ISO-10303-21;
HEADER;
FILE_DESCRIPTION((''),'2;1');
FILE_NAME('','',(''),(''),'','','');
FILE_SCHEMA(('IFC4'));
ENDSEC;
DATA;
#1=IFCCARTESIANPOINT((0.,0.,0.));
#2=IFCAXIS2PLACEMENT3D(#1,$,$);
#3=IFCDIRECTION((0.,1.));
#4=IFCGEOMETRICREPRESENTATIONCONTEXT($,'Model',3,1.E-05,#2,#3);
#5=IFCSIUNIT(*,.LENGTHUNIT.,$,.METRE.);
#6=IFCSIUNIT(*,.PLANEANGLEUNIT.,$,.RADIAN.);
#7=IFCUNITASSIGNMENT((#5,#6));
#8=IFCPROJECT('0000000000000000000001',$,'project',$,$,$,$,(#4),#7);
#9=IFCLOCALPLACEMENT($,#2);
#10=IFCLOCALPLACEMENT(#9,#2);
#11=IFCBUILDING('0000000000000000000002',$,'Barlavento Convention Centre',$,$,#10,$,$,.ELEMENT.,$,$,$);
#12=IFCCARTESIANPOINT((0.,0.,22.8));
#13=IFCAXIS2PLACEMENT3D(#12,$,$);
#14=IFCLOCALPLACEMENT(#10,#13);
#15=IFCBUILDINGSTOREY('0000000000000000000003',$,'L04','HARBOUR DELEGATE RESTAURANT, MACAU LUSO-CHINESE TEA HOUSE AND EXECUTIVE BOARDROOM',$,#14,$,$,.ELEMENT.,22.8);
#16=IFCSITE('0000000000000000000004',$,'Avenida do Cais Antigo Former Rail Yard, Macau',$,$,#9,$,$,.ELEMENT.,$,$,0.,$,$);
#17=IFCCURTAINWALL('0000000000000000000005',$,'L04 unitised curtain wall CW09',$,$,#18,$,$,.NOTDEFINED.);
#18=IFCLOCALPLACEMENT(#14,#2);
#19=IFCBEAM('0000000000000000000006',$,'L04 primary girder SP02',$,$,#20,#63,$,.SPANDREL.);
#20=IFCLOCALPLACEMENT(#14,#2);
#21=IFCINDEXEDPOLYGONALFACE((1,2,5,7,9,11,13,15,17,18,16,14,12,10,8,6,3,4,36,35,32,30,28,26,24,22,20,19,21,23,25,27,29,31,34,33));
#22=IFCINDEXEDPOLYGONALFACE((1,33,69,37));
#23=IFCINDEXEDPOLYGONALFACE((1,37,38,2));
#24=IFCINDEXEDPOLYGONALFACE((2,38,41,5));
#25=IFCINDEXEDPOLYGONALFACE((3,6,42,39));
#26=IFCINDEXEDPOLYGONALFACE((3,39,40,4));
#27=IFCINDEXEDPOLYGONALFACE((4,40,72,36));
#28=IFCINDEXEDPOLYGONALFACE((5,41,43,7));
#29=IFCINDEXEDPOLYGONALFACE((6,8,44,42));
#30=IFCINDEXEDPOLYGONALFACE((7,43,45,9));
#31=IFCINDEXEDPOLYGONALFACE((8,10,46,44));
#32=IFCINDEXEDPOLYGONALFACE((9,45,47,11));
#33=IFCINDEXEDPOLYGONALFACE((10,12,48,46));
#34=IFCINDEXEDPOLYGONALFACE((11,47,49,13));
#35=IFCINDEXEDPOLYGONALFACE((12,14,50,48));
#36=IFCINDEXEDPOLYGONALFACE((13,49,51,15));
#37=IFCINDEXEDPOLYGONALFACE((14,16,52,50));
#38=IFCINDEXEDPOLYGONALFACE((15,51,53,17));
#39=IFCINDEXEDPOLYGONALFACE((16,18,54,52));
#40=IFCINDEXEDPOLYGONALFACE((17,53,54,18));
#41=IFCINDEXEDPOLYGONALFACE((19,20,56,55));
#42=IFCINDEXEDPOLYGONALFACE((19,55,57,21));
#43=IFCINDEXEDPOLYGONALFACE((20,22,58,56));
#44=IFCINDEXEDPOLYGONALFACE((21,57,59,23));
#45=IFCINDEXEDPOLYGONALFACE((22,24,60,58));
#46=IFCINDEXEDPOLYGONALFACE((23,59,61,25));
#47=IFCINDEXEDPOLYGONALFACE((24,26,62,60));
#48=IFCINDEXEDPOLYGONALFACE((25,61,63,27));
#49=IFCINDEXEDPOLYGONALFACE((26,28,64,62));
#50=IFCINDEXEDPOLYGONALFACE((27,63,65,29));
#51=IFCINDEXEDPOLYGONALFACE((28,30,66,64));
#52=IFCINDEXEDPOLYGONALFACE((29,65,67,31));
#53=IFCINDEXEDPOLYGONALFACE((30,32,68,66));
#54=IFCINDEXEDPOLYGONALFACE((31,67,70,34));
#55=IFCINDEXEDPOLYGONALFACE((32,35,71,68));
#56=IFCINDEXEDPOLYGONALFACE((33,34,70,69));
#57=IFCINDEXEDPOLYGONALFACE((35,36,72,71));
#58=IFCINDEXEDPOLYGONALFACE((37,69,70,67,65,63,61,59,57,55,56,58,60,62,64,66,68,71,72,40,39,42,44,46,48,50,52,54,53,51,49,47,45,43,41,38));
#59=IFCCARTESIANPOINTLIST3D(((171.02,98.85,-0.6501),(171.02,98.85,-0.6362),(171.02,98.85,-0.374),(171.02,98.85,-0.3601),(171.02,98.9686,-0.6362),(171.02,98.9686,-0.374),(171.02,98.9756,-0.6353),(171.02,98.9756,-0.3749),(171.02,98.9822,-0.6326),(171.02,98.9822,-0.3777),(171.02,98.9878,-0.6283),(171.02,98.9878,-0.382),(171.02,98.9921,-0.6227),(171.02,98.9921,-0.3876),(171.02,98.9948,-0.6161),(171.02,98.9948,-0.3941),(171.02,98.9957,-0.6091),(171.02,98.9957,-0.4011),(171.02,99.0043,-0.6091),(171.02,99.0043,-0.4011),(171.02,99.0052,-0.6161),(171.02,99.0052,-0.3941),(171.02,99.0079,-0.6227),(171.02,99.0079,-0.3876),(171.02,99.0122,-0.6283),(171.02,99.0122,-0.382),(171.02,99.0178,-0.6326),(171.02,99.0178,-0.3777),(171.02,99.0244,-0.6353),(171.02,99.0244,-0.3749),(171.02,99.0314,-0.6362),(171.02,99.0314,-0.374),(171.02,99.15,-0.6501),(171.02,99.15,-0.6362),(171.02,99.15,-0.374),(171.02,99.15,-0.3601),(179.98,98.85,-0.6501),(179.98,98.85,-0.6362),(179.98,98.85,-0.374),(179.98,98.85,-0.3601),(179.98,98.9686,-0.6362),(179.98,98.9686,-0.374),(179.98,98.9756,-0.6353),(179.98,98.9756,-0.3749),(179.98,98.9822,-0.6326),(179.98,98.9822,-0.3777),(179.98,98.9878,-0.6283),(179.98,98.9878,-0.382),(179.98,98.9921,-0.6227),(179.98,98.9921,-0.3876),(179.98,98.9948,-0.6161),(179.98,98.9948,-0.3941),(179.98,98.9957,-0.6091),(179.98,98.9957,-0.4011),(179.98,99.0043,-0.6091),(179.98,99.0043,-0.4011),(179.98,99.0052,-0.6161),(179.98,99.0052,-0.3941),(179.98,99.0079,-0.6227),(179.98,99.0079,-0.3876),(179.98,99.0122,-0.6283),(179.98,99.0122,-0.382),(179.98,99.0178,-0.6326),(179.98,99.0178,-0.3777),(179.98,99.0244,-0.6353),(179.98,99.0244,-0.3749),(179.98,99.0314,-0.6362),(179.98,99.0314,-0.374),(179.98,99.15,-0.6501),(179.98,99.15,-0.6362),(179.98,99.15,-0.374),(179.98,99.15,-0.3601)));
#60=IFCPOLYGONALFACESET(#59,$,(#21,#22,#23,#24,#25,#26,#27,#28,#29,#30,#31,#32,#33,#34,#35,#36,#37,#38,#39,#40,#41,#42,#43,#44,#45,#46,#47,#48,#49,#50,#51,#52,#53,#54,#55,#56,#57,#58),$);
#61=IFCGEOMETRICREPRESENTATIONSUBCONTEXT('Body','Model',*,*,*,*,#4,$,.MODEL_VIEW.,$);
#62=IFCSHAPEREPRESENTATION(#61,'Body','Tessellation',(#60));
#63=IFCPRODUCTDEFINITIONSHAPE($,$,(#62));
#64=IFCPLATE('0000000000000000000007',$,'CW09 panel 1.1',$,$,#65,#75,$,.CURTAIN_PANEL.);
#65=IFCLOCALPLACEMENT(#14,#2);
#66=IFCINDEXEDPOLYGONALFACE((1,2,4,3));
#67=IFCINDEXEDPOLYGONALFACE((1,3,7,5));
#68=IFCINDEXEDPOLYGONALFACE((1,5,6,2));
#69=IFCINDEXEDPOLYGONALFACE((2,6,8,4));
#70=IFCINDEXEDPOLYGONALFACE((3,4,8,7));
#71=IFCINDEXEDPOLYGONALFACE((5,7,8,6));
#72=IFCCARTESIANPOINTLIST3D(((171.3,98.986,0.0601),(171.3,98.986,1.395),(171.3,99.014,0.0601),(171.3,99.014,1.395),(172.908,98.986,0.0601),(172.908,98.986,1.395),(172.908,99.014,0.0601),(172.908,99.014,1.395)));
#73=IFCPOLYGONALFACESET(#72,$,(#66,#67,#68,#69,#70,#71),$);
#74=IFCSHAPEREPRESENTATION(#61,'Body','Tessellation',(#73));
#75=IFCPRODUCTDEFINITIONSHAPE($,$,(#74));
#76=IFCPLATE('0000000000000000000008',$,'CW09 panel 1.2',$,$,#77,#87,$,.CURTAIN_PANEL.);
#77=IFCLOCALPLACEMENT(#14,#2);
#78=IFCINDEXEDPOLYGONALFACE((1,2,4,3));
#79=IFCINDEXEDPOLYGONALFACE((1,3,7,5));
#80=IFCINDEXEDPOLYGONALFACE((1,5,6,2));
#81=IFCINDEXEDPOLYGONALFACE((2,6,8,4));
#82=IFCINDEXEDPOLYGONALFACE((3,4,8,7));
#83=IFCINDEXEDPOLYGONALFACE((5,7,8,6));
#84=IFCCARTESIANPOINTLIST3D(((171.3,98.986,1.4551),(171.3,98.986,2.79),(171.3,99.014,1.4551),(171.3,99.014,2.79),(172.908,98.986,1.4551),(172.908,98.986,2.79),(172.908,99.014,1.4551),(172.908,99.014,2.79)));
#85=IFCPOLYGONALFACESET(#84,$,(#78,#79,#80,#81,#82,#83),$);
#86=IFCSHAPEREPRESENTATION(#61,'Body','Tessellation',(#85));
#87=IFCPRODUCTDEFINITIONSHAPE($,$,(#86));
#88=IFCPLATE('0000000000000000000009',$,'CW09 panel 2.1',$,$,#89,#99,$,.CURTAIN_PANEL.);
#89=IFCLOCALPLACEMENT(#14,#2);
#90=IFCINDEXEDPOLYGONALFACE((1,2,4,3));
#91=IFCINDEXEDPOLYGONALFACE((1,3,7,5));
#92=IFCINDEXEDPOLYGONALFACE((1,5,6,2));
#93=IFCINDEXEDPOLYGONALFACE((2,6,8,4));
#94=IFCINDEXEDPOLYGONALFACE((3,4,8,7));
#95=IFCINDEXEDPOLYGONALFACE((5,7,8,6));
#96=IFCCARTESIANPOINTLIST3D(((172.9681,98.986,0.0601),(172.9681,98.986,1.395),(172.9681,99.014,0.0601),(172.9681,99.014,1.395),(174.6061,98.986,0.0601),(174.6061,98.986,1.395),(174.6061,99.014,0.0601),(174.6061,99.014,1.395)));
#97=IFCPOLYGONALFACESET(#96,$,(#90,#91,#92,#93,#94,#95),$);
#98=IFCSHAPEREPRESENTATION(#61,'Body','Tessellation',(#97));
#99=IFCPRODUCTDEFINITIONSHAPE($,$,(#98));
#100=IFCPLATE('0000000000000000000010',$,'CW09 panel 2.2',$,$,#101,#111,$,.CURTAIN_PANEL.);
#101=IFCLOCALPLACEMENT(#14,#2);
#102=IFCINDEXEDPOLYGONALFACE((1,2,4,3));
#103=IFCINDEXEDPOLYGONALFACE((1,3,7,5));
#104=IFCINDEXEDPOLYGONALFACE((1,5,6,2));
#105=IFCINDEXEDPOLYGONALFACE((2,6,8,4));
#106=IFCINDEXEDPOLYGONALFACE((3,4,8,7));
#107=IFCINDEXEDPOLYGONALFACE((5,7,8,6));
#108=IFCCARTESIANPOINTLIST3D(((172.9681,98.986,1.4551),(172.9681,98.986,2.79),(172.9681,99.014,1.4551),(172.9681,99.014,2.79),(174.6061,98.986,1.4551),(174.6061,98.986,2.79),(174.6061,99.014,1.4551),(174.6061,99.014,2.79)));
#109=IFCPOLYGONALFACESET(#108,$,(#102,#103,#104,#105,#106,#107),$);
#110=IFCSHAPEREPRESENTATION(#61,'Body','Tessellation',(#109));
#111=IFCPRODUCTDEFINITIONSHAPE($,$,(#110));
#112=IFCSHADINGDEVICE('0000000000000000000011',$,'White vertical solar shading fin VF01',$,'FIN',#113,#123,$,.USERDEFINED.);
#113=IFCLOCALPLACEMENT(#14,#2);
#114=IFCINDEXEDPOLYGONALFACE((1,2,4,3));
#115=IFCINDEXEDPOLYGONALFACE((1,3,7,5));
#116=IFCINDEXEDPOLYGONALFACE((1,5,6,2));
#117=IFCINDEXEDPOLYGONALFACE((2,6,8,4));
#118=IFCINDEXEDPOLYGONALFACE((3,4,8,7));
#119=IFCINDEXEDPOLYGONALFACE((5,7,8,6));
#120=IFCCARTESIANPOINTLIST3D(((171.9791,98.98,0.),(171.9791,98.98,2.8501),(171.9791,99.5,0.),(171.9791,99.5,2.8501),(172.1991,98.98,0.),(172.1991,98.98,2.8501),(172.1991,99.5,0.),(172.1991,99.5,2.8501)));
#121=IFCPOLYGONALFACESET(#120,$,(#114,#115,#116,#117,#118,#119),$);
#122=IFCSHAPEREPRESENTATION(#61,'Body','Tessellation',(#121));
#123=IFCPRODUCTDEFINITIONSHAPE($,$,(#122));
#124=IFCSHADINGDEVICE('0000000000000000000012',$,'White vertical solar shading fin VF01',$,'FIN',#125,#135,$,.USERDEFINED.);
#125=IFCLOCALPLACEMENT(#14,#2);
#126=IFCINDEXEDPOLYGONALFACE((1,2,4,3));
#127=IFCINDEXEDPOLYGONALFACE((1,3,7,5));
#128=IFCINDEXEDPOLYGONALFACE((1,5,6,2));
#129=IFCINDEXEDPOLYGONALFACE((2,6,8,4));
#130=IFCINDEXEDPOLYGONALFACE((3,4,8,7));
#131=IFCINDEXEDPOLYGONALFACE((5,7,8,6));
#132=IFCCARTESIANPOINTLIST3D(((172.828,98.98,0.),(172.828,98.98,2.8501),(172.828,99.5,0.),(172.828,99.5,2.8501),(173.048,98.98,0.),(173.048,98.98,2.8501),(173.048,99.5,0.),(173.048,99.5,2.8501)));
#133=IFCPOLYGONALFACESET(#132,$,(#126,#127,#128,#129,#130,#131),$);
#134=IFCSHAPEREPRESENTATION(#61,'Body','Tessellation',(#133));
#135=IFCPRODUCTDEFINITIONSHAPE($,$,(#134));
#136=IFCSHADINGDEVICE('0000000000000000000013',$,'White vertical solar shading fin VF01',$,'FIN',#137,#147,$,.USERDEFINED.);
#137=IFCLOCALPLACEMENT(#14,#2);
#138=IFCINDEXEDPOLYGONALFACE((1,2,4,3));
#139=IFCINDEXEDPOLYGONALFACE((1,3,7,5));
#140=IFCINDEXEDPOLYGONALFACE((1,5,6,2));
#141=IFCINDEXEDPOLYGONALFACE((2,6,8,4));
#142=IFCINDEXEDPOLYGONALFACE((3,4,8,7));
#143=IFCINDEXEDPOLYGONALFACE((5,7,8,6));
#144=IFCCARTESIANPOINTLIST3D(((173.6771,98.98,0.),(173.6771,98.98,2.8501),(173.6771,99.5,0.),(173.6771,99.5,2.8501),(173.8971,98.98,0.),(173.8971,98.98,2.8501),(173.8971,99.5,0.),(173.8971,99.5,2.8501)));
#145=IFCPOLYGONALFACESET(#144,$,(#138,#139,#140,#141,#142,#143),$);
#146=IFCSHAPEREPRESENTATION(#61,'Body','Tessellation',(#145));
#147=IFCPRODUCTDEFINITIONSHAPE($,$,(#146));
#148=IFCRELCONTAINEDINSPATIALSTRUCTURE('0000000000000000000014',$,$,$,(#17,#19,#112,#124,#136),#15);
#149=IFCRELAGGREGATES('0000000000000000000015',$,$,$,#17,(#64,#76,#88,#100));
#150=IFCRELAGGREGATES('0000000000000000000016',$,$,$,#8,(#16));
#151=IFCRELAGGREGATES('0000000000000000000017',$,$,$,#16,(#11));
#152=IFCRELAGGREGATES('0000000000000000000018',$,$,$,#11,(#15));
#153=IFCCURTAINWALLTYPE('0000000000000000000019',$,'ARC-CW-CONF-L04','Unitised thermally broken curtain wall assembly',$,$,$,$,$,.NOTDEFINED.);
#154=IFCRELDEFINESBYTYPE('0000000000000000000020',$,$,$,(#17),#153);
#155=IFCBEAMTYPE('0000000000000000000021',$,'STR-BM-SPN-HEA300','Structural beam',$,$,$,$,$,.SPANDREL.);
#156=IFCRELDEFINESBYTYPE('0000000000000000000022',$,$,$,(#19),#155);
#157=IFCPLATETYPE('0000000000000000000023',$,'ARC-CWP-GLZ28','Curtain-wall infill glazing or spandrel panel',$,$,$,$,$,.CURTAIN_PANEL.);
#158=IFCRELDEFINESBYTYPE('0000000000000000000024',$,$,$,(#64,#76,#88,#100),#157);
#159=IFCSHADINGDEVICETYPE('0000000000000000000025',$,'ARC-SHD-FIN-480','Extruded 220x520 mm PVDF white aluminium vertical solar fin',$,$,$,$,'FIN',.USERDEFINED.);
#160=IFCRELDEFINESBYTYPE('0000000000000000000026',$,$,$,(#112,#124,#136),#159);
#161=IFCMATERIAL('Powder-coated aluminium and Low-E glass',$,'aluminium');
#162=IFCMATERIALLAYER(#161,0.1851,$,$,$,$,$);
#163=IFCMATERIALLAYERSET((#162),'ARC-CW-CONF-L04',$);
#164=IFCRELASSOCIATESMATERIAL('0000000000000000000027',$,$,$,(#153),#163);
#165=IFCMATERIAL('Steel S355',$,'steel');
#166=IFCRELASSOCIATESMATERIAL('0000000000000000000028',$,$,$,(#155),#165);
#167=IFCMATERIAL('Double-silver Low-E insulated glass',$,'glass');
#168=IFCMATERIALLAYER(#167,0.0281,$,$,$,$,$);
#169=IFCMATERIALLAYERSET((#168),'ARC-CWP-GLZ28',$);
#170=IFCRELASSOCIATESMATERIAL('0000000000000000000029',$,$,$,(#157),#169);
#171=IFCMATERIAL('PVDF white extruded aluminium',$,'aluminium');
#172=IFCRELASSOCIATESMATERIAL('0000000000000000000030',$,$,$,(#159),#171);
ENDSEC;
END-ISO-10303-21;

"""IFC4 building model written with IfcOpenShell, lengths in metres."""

from ifc_helpers import new_model, si_unit, direction, frame, origin, origin_2d, place, context, subcontext, project, spatial, rectangle, i_section, extrude, material, layer, layer_set, material_profile, profile_set, type_object, element, aggregate, save


model = new_model("IFC4")

# Units and contexts
model_context = context("Model", 3, precision=1e-05, world=origin(), true_north=direction((0.0, 1.0)))
body_context = subcontext(model_context, "Body", "Model", "MODEL_VIEW")
ifc_project = project(units=[si_unit("LENGTHUNIT", "METRE"), si_unit("PLANEANGLEUNIT", "RADIAN")], contexts=[model_context])

# Site, building, storey
site_placement = place(None, origin())
site = spatial("IfcSite", under=ifc_project, at=site_placement, Name="Avenida do Cais Antigo Former Rail Yard, Macau", CompositionType="ELEMENT", RefElevation=0.0)
building_placement = place(site_placement, origin())
building = spatial("IfcBuilding", under=site, at=building_placement, Name="Barlavento Convention Centre", CompositionType="ELEMENT")
storey_placement = place(building_placement, frame((0.0, 0.0, 22.8)))
storey = spatial("IfcBuildingStorey", under=building, at=storey_placement, Name="L04", Description="HARBOUR DELEGATE RESTAURANT, MACAU LUSO-CHINESE TEA HOUSE AND EXECUTIVE BOARDROOM", CompositionType="ELEMENT", Elevation=22.8)

# Shared definitions
ifc_material_1 = material(Name="Steel S355", Category="steel")

# Curtain wall
ifc_material_2 = material(Name="Powder-coated aluminium and Low-E glass", Category="aluminium")
ifc_layer_1 = layer(ifc_material_2, 0.1851)
ifc_layer_set_1 = layer_set([ifc_layer_1], Name="ARC-CW-CONF-L04")
curtain_wall_type = type_object("IfcCurtainWallType", Name="ARC-CW-CONF-L04", Description="Unitised thermally broken curtain wall assembly", PredefinedType="NOTDEFINED", material=ifc_layer_set_1)
curtain_wall_placement = place(storey_placement, origin())
curtain_wall = element("IfcCurtainWall", 1, at=curtain_wall_placement, inside=storey, type_object=curtain_wall_type, Name="L04 unitised curtain wall CW09", PredefinedType="NOTDEFINED")

# Beam
ifc_material_profile_1 = material_profile(ifc_material_1, i_section(OverallWidth=0.3, OverallDepth=0.29, WebThickness=0.0085, FlangeThickness=0.0139, FilletRadius=0.0271, at=origin_2d()), Name="HEA 300")
ifc_profile_set_1 = profile_set([ifc_material_profile_1], Name="Steel S355")
beam_type_1 = type_object("IfcBeamType", Name="STR-BM-SPN-HEA300", Description="Structural beam", PredefinedType="SPANDREL", material=ifc_profile_set_1)
beam_1_placement = place(storey_placement, frame((171.02, 99.0, -0.5051), z_axis=(1.0, 0.0, 0.0), x_axis=(0.0, 1.0, 0.0)))
element("IfcBeam", 2, at=beam_1_placement, inside=storey, type_object=beam_type_1, Name="L04 primary girder SP02", PredefinedType="SPANDREL", context=body_context, shape_type="SweptSolid", body=[
    extrude(i_section(OverallWidth=0.3, OverallDepth=0.29, WebThickness=0.0085, FlangeThickness=0.0139, FilletRadius=0.0271, at=origin_2d()), origin(), (0.0, 0.0, 1.0), 8.96),
])

# Plates
ifc_material_3 = material(Name="Double-silver Low-E insulated glass", Category="glass")
ifc_layer_2 = layer(ifc_material_3, 0.0281)
ifc_layer_set_2 = layer_set([ifc_layer_2], Name="ARC-CWP-GLZ28")
plate_type = type_object("IfcPlateType", Name="ARC-CWP-GLZ28", Description="Curtain-wall infill glazing or spandrel panel", PredefinedType="CURTAIN_PANEL", material=ifc_layer_set_2)
plate_1_placement = place(storey_placement, frame((172.104, 99.0, 0.0601), z_axis=(0.0, 0.0, 1.0), x_axis=(1.0, 0.0, 0.0)))
plate_1 = element("IfcPlate", 3, at=plate_1_placement, type_object=plate_type, Name="CW09 panel 1.1", PredefinedType="CURTAIN_PANEL", context=body_context, shape_type="SweptSolid", body=[
    extrude(rectangle(XDim=1.6079, YDim=0.0281, at=origin_2d()), origin(), (0.0, 0.0, 1.0), 1.335),
])
plate_2_placement = place(storey_placement, frame((172.104, 99.0, 1.4551), z_axis=(0.0, 0.0, 1.0), x_axis=(1.0, 0.0, 0.0)))
plate_2 = element("IfcPlate", 4, at=plate_2_placement, type_object=plate_type, Name="CW09 panel 1.2", PredefinedType="CURTAIN_PANEL", context=body_context, shape_type="SweptSolid", body=[
    extrude(rectangle(XDim=1.6079, YDim=0.0281, at=origin_2d()), origin(), (0.0, 0.0, 1.0), 1.335),
])
plate_3_placement = place(storey_placement, frame((173.7871, 99.0, 0.0601), z_axis=(0.0, 0.0, 1.0), x_axis=(1.0, 0.0, 0.0)))
plate_3 = element("IfcPlate", 5, at=plate_3_placement, type_object=plate_type, Name="CW09 panel 2.1", PredefinedType="CURTAIN_PANEL", context=body_context, shape_type="SweptSolid", body=[
    extrude(rectangle(XDim=1.6379, YDim=0.0281, at=origin_2d()), origin(), (0.0, 0.0, 1.0), 1.335),
])
plate_4_placement = place(storey_placement, frame((173.7871, 99.0, 1.4551), z_axis=(0.0, 0.0, 1.0), x_axis=(1.0, 0.0, 0.0)))
plate_4 = element("IfcPlate", 6, at=plate_4_placement, type_object=plate_type, Name="CW09 panel 2.2", PredefinedType="CURTAIN_PANEL", context=body_context, shape_type="SweptSolid", body=[
    extrude(rectangle(XDim=1.6379, YDim=0.0281, at=origin_2d()), origin(), (0.0, 0.0, 1.0), 1.335),
])
aggregate(curtain_wall, [plate_1, plate_2, plate_3, plate_4])

# Shading devices
ifc_material_4 = material(Name="PVDF white extruded aluminium", Category="aluminium")
shading_device_type = type_object("IfcShadingDeviceType", Name="ARC-SHD-FIN-480", Description="Extruded 220x520 mm PVDF white aluminium vertical solar fin", ElementType="FIN", PredefinedType="USERDEFINED", material=ifc_material_4)
for number, where, z_axis, x_axis, name in (
    (7, (172.0891, 99.24, 0.0), (0.0, 0.0, 1.0), (1.0, 0.0, 0.0), "White vertical solar shading fin VF01"),
    (8, (172.938, 99.24, 0.0), (0.0, 0.0, 1.0), (1.0, 0.0, 0.0), "White vertical solar shading fin VF01"),
    (9, (173.7871, 99.24, 0.0), (0.0, 0.0, 1.0), (1.0, 0.0, 0.0), "White vertical solar shading fin VF01"),
):
    element("IfcShadingDevice", number, at=place(storey_placement, frame(where, z_axis=z_axis, x_axis=x_axis)), inside=storey, type_object=shading_device_type, Name=name, ObjectType="FIN", PredefinedType="USERDEFINED", context=body_context, shape_type="SweptSolid", body=[
        extrude(rectangle(XDim=0.22, YDim=0.52, at=origin_2d()), origin(), (0.0, 0.0, 1.0), 2.8501),
    ])

save(model, "model.ifc")
